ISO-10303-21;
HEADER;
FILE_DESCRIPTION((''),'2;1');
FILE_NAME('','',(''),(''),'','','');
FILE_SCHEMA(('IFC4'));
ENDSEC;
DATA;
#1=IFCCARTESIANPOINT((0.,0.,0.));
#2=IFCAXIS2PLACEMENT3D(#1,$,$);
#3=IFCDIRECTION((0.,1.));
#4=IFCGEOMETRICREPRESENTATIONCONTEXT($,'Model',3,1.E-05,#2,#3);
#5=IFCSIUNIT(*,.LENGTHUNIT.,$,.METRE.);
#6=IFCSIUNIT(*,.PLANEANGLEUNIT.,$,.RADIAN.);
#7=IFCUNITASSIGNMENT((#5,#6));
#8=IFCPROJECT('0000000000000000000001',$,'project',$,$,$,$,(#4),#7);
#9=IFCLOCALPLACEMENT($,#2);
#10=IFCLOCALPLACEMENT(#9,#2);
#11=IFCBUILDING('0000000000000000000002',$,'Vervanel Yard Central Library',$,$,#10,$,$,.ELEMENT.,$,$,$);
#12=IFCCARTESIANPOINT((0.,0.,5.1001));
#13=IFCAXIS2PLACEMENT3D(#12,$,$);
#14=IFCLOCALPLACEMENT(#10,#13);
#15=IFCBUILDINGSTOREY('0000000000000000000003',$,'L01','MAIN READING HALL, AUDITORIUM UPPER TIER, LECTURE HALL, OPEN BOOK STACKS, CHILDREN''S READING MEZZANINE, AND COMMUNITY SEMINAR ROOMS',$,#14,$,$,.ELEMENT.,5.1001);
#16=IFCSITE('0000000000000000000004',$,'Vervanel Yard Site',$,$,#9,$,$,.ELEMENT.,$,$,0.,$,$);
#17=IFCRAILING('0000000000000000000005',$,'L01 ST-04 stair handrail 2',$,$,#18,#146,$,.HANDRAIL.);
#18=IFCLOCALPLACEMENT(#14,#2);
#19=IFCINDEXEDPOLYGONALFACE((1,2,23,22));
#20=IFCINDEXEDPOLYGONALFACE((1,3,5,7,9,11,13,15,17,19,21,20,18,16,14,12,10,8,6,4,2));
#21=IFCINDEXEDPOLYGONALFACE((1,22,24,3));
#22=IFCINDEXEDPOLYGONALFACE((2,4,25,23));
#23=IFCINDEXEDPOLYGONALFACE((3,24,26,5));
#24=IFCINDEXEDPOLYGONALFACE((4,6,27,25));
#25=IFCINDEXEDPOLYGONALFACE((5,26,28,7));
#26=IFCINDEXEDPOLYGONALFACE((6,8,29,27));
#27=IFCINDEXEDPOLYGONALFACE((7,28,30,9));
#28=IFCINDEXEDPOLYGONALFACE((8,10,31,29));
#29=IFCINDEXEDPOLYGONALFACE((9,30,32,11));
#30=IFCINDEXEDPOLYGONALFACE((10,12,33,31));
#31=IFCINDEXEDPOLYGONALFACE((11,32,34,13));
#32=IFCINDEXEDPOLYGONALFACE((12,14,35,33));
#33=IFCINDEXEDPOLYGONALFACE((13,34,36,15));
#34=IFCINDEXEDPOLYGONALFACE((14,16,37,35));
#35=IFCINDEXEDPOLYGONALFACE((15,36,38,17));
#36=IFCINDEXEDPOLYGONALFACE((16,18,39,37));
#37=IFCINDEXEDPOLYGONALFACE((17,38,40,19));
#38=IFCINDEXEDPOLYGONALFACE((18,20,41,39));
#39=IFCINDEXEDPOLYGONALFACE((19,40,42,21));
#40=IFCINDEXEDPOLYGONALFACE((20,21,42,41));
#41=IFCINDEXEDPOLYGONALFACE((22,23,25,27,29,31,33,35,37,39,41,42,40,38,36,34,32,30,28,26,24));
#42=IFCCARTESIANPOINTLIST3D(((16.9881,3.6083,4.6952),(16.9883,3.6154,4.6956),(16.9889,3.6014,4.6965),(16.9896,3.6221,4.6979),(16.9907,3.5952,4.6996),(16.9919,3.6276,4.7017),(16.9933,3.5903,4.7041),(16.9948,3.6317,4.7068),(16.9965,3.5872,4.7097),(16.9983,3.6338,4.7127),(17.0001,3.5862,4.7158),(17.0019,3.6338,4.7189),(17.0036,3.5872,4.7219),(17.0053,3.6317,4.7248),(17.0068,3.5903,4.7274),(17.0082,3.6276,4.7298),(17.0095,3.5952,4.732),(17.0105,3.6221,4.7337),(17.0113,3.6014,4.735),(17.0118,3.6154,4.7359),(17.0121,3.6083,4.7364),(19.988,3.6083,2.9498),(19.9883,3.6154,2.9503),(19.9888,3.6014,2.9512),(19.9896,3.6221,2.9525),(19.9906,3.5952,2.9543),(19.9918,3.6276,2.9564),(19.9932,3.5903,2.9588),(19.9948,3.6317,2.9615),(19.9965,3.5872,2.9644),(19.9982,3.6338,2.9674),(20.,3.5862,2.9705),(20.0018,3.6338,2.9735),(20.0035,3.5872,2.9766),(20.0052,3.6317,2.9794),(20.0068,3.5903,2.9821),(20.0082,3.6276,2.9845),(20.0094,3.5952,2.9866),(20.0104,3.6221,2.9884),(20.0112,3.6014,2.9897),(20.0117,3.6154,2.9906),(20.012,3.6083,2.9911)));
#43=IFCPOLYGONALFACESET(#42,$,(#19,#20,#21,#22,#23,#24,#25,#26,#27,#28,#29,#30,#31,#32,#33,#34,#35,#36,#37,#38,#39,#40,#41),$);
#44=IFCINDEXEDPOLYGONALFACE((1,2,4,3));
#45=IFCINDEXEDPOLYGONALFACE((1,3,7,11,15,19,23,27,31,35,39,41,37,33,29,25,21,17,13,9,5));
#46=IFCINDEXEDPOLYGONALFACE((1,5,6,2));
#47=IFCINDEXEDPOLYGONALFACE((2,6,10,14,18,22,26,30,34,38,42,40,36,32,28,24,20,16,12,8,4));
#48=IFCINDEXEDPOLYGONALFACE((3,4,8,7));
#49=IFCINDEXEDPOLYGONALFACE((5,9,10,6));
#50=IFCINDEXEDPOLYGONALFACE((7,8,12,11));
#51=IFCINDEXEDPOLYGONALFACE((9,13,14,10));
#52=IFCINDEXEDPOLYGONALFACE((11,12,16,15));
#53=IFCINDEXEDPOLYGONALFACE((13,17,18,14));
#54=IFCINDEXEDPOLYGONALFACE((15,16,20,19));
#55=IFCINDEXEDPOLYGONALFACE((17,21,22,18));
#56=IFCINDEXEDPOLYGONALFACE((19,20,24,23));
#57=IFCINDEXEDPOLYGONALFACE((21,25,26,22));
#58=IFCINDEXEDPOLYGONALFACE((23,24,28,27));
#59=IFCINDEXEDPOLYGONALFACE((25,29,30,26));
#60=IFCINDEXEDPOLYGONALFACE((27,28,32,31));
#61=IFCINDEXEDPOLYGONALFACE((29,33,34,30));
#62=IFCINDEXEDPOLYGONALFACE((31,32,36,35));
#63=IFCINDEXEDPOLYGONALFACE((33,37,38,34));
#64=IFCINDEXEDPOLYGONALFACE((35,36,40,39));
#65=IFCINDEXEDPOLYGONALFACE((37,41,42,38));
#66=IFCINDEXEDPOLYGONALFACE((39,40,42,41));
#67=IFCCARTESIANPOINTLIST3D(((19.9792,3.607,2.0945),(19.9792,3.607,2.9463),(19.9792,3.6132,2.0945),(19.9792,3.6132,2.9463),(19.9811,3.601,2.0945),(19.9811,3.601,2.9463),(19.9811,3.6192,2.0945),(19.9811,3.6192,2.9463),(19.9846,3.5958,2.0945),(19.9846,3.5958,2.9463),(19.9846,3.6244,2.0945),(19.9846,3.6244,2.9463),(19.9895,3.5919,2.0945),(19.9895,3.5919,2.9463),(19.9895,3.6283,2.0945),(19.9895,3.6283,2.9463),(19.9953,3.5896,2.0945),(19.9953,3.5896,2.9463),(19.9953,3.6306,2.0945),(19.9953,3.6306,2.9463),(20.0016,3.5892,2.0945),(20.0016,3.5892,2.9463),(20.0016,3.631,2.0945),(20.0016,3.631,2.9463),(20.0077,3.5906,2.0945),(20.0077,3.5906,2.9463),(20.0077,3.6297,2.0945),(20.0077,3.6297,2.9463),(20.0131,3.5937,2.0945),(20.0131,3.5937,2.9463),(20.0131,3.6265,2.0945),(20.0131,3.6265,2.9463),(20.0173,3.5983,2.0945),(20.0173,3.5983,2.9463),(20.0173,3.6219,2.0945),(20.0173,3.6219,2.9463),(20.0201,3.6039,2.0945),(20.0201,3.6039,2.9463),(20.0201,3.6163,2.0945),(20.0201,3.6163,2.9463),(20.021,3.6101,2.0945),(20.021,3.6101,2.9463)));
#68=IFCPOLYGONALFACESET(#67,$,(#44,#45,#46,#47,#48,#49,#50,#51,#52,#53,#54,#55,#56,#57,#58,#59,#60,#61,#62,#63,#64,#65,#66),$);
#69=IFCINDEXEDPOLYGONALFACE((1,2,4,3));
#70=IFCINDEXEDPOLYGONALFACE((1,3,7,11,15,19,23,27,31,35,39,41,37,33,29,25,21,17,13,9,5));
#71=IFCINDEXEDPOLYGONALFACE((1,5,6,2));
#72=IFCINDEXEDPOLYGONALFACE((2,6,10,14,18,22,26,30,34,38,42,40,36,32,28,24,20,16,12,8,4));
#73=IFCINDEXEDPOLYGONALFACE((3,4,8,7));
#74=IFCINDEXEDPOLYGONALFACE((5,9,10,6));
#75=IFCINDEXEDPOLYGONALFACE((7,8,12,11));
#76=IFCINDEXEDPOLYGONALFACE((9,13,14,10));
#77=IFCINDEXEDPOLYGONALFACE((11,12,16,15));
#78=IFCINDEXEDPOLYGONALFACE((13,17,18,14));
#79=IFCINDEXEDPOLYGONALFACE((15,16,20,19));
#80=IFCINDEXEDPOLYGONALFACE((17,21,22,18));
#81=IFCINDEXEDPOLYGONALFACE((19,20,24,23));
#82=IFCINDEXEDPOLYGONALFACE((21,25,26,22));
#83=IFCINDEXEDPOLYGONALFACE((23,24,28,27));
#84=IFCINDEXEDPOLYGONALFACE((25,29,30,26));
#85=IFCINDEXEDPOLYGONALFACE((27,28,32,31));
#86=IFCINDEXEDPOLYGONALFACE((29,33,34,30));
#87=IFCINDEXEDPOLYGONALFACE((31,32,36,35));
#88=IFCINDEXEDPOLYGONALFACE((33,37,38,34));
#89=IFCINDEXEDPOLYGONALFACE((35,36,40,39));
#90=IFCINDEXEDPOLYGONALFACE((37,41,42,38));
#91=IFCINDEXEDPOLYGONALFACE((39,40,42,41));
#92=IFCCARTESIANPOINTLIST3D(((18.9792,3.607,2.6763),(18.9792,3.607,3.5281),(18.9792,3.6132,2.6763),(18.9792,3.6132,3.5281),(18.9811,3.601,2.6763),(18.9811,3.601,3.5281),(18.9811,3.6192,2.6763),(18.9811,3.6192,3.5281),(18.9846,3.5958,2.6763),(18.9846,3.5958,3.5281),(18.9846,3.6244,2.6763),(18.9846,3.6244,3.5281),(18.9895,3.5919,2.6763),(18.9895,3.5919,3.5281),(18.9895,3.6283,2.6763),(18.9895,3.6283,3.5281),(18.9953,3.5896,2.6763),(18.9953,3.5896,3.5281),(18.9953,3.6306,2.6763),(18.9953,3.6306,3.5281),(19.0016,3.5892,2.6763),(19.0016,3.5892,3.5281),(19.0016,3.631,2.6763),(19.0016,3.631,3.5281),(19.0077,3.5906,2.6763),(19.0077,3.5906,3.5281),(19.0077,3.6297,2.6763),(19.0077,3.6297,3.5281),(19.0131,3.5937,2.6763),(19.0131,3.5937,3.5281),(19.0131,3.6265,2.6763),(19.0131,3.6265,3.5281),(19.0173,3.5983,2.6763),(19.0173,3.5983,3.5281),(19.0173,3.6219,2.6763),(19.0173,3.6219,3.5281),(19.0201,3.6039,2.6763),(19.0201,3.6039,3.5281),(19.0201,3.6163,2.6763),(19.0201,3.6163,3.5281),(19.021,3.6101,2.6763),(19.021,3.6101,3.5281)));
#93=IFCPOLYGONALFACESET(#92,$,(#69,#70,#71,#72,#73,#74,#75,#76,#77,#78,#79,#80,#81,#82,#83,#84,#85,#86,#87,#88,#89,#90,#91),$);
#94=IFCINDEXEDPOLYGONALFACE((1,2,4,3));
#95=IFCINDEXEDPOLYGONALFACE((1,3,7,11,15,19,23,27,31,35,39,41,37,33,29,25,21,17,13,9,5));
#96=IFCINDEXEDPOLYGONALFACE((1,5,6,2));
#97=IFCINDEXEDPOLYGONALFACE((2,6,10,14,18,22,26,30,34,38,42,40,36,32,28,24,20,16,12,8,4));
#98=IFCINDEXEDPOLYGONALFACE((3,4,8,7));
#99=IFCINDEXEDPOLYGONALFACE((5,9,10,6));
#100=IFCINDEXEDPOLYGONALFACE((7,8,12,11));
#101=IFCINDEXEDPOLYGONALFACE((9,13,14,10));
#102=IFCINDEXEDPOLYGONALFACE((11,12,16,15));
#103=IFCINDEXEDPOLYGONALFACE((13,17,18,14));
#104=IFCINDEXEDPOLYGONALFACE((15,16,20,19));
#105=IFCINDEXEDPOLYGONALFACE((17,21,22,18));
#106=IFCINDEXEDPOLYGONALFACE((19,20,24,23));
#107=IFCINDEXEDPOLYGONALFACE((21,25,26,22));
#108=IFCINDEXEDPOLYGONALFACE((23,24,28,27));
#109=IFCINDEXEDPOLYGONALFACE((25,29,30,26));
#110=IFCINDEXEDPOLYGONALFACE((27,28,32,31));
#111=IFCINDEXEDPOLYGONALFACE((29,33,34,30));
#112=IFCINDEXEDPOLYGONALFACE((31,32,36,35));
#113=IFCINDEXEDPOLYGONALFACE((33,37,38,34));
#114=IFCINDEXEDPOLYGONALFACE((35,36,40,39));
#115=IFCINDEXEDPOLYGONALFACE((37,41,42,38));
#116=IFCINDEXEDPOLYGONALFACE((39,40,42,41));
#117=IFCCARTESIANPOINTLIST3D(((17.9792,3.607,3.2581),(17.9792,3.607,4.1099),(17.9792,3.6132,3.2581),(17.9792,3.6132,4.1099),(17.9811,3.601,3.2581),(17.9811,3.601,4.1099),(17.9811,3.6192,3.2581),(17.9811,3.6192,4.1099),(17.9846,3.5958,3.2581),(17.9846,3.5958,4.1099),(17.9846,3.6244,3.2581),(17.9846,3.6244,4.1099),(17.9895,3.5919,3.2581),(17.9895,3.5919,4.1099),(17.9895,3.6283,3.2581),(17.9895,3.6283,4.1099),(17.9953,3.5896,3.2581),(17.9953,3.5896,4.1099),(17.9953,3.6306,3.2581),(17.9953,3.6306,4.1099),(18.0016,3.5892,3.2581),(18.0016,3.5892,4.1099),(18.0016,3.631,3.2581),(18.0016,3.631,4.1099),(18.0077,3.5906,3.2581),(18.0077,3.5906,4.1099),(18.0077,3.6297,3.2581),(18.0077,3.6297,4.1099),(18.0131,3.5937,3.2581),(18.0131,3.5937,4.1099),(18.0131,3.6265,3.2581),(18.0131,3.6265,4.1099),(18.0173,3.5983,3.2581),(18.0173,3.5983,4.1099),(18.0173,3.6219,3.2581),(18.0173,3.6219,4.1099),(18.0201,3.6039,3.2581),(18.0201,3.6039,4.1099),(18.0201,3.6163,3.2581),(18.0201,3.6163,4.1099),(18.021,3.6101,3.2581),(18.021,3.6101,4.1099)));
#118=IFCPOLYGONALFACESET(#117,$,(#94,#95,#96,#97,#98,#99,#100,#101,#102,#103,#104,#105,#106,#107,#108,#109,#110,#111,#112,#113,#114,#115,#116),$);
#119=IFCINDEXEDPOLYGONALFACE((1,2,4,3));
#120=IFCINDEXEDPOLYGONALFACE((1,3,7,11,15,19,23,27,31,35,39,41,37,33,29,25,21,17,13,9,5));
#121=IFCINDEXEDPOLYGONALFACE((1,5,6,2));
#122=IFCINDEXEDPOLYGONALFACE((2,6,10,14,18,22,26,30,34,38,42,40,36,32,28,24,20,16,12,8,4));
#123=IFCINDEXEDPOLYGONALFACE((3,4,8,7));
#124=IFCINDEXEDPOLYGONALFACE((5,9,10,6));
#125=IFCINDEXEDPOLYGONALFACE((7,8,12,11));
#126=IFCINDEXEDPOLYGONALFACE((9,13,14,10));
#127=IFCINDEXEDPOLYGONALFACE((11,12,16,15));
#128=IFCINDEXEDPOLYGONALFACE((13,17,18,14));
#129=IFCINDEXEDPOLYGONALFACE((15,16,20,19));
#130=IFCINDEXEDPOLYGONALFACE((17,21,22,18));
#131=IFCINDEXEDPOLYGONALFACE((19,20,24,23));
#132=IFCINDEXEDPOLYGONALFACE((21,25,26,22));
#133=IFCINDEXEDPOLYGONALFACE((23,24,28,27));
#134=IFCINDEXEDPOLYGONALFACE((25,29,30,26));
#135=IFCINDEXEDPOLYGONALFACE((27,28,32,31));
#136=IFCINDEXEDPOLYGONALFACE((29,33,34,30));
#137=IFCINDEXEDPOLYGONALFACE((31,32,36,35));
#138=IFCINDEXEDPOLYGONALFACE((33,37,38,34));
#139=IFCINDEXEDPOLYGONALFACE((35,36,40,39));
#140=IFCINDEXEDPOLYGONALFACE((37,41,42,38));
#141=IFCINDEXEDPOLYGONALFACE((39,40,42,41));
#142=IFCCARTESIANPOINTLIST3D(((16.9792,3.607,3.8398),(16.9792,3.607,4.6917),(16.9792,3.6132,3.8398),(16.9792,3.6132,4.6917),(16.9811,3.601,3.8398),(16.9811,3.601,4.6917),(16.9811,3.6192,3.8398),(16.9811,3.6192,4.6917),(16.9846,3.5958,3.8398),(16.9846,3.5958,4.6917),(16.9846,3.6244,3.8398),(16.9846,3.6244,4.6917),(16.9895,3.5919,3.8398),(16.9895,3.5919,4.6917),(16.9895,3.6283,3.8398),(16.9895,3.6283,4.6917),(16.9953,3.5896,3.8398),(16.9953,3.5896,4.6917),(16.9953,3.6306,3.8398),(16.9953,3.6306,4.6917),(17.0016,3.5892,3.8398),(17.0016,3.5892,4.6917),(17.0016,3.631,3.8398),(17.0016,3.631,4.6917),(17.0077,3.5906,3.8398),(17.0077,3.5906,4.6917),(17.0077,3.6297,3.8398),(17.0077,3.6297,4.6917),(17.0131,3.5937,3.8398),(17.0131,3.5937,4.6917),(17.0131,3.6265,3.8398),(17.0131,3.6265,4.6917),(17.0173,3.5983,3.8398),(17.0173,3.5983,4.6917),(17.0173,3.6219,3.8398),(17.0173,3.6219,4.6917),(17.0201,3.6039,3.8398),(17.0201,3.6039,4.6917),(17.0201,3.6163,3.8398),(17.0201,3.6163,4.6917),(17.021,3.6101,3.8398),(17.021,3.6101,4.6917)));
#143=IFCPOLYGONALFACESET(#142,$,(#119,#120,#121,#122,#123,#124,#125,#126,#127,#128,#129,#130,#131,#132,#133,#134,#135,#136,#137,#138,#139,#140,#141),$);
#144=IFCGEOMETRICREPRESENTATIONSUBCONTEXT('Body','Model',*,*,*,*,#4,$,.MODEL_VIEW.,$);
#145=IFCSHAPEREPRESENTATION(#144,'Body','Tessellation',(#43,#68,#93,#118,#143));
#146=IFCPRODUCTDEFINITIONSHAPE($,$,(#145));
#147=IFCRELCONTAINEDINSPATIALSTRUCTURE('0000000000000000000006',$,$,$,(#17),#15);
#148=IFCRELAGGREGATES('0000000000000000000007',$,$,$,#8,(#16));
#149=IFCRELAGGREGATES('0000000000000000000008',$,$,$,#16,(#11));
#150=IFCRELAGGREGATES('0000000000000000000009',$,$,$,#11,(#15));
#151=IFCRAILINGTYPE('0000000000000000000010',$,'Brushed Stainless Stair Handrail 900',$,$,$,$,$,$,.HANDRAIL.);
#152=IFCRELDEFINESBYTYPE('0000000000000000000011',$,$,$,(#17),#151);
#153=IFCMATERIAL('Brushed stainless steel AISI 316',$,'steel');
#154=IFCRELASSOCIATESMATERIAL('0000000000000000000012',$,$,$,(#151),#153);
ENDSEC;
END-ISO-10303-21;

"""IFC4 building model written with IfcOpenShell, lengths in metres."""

from ifc_helpers import new_model, si_unit, direction, frame, origin, origin_2d, place, context, subcontext, project, spatial, circle, extrude, material, type_object, element, save


model = new_model("IFC4")

# Units and contexts
model_context = context("Model", 3, precision=1e-05, world=origin(), true_north=direction((0.0, 1.0)))
body_context = subcontext(model_context, "Body", "Model", "MODEL_VIEW")
ifc_project = project(units=[si_unit("LENGTHUNIT", "METRE"), si_unit("PLANEANGLEUNIT", "RADIAN")], contexts=[model_context])

# Site, building, storey
site_placement = place(None, origin())
site = spatial("IfcSite", under=ifc_project, at=site_placement, Name="Vervanel Yard Site", CompositionType="ELEMENT", RefElevation=0.0)
building_placement = place(site_placement, origin())
building = spatial("IfcBuilding", under=site, at=building_placement, Name="Vervanel Yard Central Library", CompositionType="ELEMENT")
storey_placement = place(building_placement, frame((0.0, 0.0, 5.1001)))
storey = spatial("IfcBuildingStorey", under=building, at=storey_placement, Name="L01", Description="MAIN READING HALL, AUDITORIUM UPPER TIER, LECTURE HALL, OPEN BOOK STACKS, CHILDREN'S READING MEZZANINE, AND COMMUNITY SEMINAR ROOMS", CompositionType="ELEMENT", Elevation=5.1001)

# Railing
ifc_material_1 = material(Name="Brushed stainless steel AISI 316", Category="steel")
railing_type_1 = type_object("IfcRailingType", Name="Brushed Stainless Stair Handrail 900", PredefinedType="HANDRAIL", material=ifc_material_1)
railing_1_placement = place(storey_placement, frame((20.0, 3.6101, 2.0945)))
element("IfcRailing", 1, at=railing_1_placement, inside=storey, type_object=railing_type_1, Name="L01 ST-04 stair handrail 2", PredefinedType="HANDRAIL", context=body_context, shape_type="SweptSolid", body=[
    extrude(circle(Radius=0.0239, at=origin_2d()), frame((0.0, 0.0, 0.876), z_axis=(-0.86436, 0.0, 0.502874), x_axis=(0.0, -1.0, 0.0)), (0.0, 0.0, 1.0), 3.4707),
    extrude(circle(Radius=0.021, at=origin_2d()), origin(), (0.0, 0.0, 1.0), 0.8518),
    extrude(circle(Radius=0.021, at=origin_2d()), frame((-1.0, 0.0, 0.5818)), (0.0, 0.0, 1.0), 0.8518),
    extrude(circle(Radius=0.021, at=origin_2d()), frame((-2.0, 0.0, 1.1636)), (0.0, 0.0, 1.0), 0.8518),
    extrude(circle(Radius=0.021, at=origin_2d()), frame((-3.0, 0.0, 1.7454)), (0.0, 0.0, 1.0), 0.8518),
])

save(model, "model.ifc")
